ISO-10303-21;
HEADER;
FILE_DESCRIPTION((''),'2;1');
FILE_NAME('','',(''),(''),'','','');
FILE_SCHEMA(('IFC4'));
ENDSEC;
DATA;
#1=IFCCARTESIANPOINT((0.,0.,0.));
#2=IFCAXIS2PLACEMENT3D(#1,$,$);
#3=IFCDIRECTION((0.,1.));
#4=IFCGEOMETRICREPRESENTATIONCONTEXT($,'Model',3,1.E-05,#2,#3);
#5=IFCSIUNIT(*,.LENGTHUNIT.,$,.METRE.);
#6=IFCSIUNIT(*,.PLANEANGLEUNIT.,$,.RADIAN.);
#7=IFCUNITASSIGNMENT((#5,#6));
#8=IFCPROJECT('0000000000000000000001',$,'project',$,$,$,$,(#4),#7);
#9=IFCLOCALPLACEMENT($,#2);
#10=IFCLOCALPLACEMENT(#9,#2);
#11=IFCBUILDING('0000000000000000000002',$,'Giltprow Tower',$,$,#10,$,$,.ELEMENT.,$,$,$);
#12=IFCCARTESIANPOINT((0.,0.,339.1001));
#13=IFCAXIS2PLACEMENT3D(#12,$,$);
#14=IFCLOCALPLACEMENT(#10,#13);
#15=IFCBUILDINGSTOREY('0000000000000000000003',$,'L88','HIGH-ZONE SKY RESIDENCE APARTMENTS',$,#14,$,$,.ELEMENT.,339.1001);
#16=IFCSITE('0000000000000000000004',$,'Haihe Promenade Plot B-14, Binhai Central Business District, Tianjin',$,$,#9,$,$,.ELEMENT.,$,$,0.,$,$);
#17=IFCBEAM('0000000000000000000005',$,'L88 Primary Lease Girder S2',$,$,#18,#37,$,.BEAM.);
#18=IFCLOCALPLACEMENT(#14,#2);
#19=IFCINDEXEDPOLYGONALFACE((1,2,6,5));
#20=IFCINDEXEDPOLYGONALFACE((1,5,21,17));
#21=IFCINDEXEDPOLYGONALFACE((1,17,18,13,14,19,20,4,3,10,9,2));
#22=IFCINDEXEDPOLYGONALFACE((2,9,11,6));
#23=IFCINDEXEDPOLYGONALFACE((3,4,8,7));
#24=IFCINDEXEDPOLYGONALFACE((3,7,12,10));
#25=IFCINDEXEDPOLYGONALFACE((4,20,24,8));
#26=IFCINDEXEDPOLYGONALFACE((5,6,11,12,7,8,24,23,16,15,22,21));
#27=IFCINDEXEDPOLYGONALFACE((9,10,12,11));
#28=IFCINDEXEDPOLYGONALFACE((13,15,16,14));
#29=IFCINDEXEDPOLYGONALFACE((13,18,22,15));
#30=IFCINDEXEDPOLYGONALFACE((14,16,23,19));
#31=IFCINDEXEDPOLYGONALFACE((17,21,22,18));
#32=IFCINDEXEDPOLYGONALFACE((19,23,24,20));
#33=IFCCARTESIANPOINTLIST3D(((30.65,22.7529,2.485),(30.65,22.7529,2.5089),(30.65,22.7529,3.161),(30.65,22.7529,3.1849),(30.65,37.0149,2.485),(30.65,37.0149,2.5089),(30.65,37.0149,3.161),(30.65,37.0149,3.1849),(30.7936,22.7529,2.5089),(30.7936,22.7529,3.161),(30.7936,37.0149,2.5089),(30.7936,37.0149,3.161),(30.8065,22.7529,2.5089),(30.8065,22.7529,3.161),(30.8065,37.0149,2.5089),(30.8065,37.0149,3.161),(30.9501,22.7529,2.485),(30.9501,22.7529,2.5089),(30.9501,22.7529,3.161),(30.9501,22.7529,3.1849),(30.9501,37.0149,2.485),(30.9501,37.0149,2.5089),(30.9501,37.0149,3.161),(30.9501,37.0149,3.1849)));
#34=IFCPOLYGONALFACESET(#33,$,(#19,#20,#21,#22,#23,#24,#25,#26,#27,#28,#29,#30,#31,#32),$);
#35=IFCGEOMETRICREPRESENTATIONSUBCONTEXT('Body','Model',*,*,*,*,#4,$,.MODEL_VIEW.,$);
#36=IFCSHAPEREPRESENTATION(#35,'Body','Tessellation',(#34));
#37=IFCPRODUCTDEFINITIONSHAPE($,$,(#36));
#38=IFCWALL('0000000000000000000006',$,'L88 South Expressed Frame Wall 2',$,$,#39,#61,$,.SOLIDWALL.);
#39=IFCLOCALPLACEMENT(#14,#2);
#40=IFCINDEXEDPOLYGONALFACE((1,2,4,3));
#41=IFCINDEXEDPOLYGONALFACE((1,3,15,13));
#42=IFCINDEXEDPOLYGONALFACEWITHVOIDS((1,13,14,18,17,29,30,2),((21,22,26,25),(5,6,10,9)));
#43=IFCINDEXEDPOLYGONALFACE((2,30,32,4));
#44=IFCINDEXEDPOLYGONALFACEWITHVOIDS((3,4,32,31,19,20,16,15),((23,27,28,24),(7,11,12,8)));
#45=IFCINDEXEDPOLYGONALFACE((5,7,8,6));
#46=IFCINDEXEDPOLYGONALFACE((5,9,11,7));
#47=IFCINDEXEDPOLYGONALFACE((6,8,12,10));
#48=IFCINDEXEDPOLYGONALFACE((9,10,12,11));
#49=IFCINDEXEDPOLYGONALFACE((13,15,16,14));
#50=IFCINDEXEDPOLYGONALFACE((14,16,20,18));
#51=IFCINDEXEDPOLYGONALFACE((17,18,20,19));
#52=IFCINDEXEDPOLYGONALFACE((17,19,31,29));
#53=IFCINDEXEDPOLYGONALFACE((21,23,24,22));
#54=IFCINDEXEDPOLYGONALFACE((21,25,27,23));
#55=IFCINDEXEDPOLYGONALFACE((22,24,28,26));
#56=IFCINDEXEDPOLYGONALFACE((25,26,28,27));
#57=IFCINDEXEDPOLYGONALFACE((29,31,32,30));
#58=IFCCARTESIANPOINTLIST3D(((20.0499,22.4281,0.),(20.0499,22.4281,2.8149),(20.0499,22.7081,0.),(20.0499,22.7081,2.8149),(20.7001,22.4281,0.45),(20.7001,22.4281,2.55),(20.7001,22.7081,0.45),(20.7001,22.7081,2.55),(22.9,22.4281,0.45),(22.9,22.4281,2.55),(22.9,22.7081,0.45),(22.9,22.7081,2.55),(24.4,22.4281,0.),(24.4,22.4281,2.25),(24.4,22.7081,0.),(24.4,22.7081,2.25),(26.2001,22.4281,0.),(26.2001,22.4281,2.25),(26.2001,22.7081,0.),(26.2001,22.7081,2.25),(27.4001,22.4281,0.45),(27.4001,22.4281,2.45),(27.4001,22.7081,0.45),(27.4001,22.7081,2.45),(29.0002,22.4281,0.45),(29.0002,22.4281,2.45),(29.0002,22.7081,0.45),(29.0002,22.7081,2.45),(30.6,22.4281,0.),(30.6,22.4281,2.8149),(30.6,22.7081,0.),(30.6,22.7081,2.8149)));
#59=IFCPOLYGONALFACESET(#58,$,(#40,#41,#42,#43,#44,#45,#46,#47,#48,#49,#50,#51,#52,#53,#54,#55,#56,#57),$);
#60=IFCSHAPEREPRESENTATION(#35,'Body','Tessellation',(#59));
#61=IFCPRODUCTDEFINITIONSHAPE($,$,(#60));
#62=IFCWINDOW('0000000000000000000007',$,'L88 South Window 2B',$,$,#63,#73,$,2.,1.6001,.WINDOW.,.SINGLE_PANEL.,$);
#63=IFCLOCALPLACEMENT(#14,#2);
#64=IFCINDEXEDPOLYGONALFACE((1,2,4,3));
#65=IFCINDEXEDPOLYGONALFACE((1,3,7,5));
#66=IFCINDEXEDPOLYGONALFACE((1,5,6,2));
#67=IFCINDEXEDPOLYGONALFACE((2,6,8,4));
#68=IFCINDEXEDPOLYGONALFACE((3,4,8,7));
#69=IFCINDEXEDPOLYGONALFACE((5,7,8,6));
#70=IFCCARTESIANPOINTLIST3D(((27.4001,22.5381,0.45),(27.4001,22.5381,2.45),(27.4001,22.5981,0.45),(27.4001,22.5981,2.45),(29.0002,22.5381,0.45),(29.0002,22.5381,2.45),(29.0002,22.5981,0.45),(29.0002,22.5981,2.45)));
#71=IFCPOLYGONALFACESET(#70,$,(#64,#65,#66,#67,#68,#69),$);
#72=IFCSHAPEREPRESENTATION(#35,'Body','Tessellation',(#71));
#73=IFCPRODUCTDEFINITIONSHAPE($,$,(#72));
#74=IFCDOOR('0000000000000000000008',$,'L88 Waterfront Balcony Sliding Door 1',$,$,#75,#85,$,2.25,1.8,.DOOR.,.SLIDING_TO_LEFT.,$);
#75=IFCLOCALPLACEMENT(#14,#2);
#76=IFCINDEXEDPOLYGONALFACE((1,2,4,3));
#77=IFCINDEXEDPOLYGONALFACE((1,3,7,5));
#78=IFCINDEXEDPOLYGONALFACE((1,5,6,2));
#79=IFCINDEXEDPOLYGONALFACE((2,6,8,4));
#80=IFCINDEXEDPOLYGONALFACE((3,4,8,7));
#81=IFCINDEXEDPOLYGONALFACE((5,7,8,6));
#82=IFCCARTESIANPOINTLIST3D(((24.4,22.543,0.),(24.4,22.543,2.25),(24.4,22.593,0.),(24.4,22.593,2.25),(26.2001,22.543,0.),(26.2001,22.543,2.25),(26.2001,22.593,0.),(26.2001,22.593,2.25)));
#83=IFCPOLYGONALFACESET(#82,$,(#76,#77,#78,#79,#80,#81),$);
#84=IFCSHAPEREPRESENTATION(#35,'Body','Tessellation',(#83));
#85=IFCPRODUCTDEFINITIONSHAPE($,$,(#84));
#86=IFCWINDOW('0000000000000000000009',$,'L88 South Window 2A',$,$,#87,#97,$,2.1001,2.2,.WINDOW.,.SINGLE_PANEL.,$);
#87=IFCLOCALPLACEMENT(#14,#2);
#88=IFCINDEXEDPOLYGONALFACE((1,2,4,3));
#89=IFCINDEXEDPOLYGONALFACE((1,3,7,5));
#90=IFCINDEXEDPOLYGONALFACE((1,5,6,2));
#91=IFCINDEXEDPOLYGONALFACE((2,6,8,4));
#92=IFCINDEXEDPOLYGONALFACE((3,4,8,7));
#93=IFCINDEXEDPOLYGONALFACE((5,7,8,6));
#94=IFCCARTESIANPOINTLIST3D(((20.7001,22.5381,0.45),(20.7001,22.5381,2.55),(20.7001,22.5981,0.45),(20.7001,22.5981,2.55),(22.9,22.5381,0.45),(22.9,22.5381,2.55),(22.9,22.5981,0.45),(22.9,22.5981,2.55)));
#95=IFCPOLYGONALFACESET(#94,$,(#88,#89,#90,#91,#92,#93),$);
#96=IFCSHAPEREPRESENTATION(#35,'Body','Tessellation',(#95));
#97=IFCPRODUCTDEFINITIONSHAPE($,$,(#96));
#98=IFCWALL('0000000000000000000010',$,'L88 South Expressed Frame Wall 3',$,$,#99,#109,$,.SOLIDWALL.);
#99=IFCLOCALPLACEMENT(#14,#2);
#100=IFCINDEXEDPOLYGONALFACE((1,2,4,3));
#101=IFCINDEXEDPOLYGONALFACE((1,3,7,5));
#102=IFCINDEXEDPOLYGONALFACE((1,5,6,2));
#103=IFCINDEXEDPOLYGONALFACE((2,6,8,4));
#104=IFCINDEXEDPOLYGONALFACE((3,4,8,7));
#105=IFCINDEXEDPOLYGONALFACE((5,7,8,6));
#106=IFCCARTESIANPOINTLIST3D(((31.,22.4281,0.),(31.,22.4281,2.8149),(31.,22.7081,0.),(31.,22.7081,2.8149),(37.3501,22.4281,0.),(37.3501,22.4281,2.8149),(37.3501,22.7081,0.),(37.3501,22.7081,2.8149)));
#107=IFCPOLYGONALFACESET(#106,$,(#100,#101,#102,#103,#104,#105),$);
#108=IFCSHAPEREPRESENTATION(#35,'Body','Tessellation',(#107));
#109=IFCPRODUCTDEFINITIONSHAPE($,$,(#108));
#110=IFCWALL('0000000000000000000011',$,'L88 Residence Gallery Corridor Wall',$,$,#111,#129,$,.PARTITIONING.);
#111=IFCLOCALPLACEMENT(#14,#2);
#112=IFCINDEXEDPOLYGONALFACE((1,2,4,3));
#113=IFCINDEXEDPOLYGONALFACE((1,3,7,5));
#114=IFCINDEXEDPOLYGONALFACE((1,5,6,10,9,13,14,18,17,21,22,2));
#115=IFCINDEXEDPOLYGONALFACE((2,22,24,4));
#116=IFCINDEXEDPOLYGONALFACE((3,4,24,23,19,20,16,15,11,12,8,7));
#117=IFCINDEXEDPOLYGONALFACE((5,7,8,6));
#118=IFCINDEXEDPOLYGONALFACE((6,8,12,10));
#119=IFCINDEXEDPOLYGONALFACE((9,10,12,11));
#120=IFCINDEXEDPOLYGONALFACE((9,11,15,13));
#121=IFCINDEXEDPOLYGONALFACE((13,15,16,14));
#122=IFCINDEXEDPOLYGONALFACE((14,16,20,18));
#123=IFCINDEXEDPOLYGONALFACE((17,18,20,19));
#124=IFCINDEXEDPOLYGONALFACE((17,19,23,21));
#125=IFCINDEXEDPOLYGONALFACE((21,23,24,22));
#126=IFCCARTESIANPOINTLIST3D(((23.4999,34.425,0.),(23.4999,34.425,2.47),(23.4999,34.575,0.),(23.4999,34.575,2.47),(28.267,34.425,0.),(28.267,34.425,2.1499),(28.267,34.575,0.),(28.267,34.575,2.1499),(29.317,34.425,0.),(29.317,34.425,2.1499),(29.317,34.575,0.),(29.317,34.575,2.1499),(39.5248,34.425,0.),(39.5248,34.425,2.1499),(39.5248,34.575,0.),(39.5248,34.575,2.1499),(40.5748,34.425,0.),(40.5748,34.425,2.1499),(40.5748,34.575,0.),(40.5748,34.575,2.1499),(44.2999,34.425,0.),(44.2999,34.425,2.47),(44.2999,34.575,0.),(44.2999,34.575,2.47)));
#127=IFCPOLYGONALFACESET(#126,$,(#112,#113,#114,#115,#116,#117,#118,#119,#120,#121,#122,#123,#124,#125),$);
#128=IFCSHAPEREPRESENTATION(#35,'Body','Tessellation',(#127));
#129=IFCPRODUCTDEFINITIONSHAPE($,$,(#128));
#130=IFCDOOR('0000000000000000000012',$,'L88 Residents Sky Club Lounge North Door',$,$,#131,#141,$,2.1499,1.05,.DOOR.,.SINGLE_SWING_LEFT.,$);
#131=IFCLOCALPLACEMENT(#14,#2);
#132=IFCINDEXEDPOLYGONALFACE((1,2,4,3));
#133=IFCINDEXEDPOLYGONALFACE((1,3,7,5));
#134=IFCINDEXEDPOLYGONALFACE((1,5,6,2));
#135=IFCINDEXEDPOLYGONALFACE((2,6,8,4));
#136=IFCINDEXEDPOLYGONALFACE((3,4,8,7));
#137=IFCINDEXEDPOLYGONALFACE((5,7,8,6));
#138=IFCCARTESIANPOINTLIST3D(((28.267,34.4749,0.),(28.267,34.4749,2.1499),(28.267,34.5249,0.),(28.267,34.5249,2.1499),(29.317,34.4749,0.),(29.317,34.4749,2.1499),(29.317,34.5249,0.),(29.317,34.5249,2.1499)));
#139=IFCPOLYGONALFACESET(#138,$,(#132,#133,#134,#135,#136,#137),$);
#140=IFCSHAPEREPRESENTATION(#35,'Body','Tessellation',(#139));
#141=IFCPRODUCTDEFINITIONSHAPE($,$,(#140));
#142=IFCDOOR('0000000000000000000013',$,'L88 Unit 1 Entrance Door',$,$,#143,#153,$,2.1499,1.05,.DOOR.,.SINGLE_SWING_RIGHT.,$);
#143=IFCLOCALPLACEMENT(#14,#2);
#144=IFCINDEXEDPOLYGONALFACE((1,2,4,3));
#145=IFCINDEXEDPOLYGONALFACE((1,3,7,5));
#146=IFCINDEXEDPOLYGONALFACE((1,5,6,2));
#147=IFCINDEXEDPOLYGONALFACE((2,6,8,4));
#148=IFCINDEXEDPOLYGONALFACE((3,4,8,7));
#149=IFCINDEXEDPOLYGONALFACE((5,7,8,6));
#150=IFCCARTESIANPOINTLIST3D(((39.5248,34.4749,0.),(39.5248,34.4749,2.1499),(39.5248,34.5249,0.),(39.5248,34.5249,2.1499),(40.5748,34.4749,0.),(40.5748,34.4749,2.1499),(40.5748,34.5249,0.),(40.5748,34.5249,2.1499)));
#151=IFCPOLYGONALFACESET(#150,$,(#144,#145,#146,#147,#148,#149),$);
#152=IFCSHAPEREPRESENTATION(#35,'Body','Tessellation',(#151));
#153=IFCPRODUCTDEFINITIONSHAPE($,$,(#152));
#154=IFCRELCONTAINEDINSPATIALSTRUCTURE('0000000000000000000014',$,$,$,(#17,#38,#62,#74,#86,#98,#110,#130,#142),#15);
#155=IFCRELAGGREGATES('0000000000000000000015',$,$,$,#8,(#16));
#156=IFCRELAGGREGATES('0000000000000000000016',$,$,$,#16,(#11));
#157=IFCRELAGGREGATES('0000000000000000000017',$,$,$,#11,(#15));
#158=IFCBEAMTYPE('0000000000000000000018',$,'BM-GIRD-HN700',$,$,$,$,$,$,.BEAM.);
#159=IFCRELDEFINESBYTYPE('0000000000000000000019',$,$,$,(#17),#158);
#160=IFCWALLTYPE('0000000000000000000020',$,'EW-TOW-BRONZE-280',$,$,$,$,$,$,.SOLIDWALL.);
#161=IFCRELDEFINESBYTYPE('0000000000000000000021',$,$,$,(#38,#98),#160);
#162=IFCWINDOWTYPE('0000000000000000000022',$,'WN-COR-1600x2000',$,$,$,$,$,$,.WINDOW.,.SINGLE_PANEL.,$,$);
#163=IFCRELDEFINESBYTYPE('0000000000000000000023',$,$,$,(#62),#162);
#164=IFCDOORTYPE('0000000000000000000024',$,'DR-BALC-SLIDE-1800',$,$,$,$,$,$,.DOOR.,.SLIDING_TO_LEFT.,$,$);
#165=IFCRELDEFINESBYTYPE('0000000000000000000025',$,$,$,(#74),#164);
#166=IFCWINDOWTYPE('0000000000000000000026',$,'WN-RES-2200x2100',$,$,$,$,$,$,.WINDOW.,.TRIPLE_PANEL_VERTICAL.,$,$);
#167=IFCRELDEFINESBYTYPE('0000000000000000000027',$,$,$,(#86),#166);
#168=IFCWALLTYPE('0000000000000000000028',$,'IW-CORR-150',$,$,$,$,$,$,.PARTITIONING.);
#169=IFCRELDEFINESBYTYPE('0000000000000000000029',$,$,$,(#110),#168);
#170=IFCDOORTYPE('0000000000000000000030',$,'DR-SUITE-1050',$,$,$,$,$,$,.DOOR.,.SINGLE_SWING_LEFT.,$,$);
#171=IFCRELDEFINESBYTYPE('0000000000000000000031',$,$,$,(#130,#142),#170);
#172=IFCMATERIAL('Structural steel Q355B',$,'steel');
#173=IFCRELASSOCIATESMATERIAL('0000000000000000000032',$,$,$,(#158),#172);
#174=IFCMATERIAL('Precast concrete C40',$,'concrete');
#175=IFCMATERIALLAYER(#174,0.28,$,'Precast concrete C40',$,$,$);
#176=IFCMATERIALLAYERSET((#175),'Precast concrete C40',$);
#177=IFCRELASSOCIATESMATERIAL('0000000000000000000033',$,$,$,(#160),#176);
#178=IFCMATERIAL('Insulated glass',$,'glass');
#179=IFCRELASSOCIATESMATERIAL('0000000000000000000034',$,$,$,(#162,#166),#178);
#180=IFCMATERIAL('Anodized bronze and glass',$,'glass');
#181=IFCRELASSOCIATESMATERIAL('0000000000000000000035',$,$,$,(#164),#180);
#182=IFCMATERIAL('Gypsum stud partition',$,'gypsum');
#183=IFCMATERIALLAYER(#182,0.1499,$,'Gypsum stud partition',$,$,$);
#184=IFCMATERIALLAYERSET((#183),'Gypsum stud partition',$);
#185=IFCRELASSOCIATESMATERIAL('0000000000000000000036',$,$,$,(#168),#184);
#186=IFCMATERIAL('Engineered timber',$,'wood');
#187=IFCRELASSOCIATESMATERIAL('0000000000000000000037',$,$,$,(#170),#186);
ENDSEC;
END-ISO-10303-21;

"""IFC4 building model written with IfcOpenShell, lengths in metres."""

from ifc_helpers import new_model, si_unit, direction, frame, frame_2d, origin, origin_2d, place, context, subcontext, project, spatial, rectangle, i_section, extrude, source, transform, mapped, material, layer, layer_set, material_profile, profile_set, type_object, element, fill, save


model = new_model("IFC4")

# Units and contexts
model_context = context("Model", 3, precision=1e-05, world=origin(), true_north=direction((0.0, 1.0)))
body_context = subcontext(model_context, "Body", "Model", "MODEL_VIEW")
ifc_project = project(units=[si_unit("LENGTHUNIT", "METRE"), si_unit("PLANEANGLEUNIT", "RADIAN")], contexts=[model_context])

# Site, building, storey
site_placement = place(None, origin())
site = spatial("IfcSite", under=ifc_project, at=site_placement, Name="Haihe Promenade Plot B-14, Binhai Central Business District, Tianjin", CompositionType="ELEMENT", RefElevation=0.0)
building_placement = place(site_placement, origin())
building = spatial("IfcBuilding", under=site, at=building_placement, Name="Giltprow Tower", CompositionType="ELEMENT")
storey_placement = place(building_placement, frame((0.0, 0.0, 339.1001)))
storey = spatial("IfcBuildingStorey", under=building, at=storey_placement, Name="L88", Description="HIGH-ZONE SKY RESIDENCE APARTMENTS", CompositionType="ELEMENT", Elevation=339.1001)

# Shared definitions
ifc_material_1 = material(Name="Structural steel Q355B", Category="steel")

# Beam
ifc_material_profile_1 = material_profile(ifc_material_1, i_section(OverallWidth=0.3, OverallDepth=0.7, WebThickness=0.0129, FlangeThickness=0.0239, at=origin_2d()), Name="HN 700x300x13x24")
ifc_profile_set_1 = profile_set([ifc_material_profile_1], Name="Structural steel Q355B")
beam_type_1 = type_object("IfcBeamType", Name="BM-GIRD-HN700", PredefinedType="BEAM", material=ifc_profile_set_1)
shared_shape_1 = source(origin(), body_context, "Body", "SweptSolid", [
    extrude(i_section(OverallWidth=0.3, OverallDepth=0.7, WebThickness=0.0129, FlangeThickness=0.0239, at=origin_2d()), origin(), (0.0, 0.0, 1.0), 14.262),
])
for number, where, z_axis, x_axis, name in (
    (1, (30.8, 22.7529, 2.835), (0.0, 1.0, 0.0), (-1.0, 0.0, 0.0), "L88 Primary Lease Girder S2"),
):
    element("IfcBeam", number, at=place(storey_placement, frame(where, z_axis=z_axis, x_axis=x_axis)), inside=storey, type_object=beam_type_1, Name=name, PredefinedType="BEAM", context=body_context, shape_type="MappedRepresentation", body=[
        mapped(shared_shape_1, transform((0.0, 0.0, 0.0), x_axis=(1.0, 0.0, 0.0), y_axis=(0.0, 1.0, 0.0), z_axis=(0.0, 0.0, 1.0), scale=1.0)),
    ])

# Wall, openings, windows, door
ifc_material_2 = material(Name="Precast concrete C40", Category="concrete")
ifc_layer_1 = layer(ifc_material_2, 0.28, Name="Precast concrete C40")
ifc_layer_set_1 = layer_set([ifc_layer_1], Name="Precast concrete C40")
wall_type_1 = type_object("IfcWallType", Name="EW-TOW-BRONZE-280", PredefinedType="SOLIDWALL", material=ifc_layer_set_1)
wall_1_placement = place(storey_placement, frame((20.05, 22.5681, 0.0), z_axis=(0.0, 0.0, 1.0), x_axis=(1.0, 0.0, 0.0)))
wall_1 = element("IfcWall", 2, at=wall_1_placement, inside=storey, type_object=wall_type_1, Name="L88 South Expressed Frame Wall 2", PredefinedType="SOLIDWALL", context=body_context, shape_type="SweptSolid", body=[
    extrude(rectangle(XDim=10.55, YDim=0.28, at=frame_2d((5.2749, 0.0))), origin(), (0.0, 0.0, 1.0), 2.8149),
])
opening_1_placement = place(wall_1_placement, frame((4.3501, 0.0, 0.0)))
opening_1 = element("IfcOpeningElement", 3, at=opening_1_placement, cuts=wall_1, PredefinedType="OPENING", context=body_context, shape_type="SweptSolid", body=[
    extrude(rectangle(XDim=1.8, YDim=2.25, at=frame_2d((0.8999, 1.125))), frame((0.0, 0.1499, 0.0), z_axis=(0.0, -1.0, 0.0), x_axis=(1.0, 0.0, 0.0)), (0.0, 0.0, 1.0), 0.3),
])
opening_2_placement = place(wall_1_placement, frame((0.6499, 0.0, 0.45)))
opening_2 = element("IfcOpeningElement", 4, at=opening_2_placement, cuts=wall_1, PredefinedType="OPENING", context=body_context, shape_type="SweptSolid", body=[
    extrude(rectangle(XDim=2.2, YDim=2.1001, at=frame_2d((1.1001, 1.05))), frame((0.0, 0.1499, 0.0), z_axis=(0.0, -1.0, 0.0), x_axis=(1.0, 0.0, 0.0)), (0.0, 0.0, 1.0), 0.3),
])
opening_3_placement = place(wall_1_placement, frame((7.3501, 0.0, 0.45)))
opening_3 = element("IfcOpeningElement", 5, at=opening_3_placement, cuts=wall_1, PredefinedType="OPENING", context=body_context, shape_type="SweptSolid", body=[
    extrude(rectangle(XDim=1.6001, YDim=2.0, at=frame_2d((0.8, 1.0))), frame((0.0, 0.1499, 0.0), z_axis=(0.0, -1.0, 0.0), x_axis=(1.0, 0.0, 0.0)), (0.0, 0.0, 1.0), 0.3),
])
ifc_material_3 = material(Name="Insulated glass", Category="glass")
window_type_1 = type_object("IfcWindowType", Name="WN-COR-1600x2000", PartitioningType="SINGLE_PANEL", PredefinedType="WINDOW", material=ifc_material_3)
shared_shape_2 = source(origin(), body_context, "Body", "SweptSolid", [
    extrude(rectangle(XDim=1.6001, YDim=2.0, at=frame_2d((0.8, 1.0))), frame((0.0, 0.03, 0.0), z_axis=(0.0, -1.0, 0.0), x_axis=(1.0, 0.0, 0.0)), (0.0, 0.0, 1.0), 0.0601),
])
window_1_placement = place(opening_3_placement, origin())
window_1 = element("IfcWindow", 6, at=window_1_placement, inside=storey, type_object=window_type_1, Name="L88 South Window 2B", OverallHeight=2.0, OverallWidth=1.6001, PartitioningType="SINGLE_PANEL", PredefinedType="WINDOW", context=body_context, shape_type="MappedRepresentation", body=[
    mapped(shared_shape_2, transform((0.0, 0.0, 0.0), x_axis=(1.0, 0.0, 0.0), y_axis=(0.0, 1.0, 0.0), z_axis=(0.0, 0.0, 1.0), scale=1.0)),
])
fill(opening_3, window_1)
ifc_material_4 = material(Name="Anodized bronze and glass", Category="glass")
door_type_1 = type_object("IfcDoorType", Name="DR-BALC-SLIDE-1800", OperationType="SLIDING_TO_LEFT", PredefinedType="DOOR", material=ifc_material_4)
shared_shape_3 = source(origin(), body_context, "Body", "SweptSolid", [
    extrude(rectangle(XDim=1.8, YDim=2.25, at=frame_2d((0.8999, 1.125))), frame((0.0, 0.0249, 0.0), z_axis=(0.0, -1.0, 0.0), x_axis=(1.0, 0.0, 0.0)), (0.0, 0.0, 1.0), 0.05),
])
door_1_placement = place(opening_1_placement, origin())
door_1 = element("IfcDoor", 7, at=door_1_placement, inside=storey, type_object=door_type_1, Name="L88 Waterfront Balcony Sliding Door 1", OperationType="SLIDING_TO_LEFT", OverallHeight=2.25, OverallWidth=1.8, PredefinedType="DOOR", context=body_context, shape_type="MappedRepresentation", body=[
    mapped(shared_shape_3, transform((0.0, 0.0, 0.0), x_axis=(1.0, 0.0, 0.0), y_axis=(0.0, 1.0, 0.0), z_axis=(0.0, 0.0, 1.0), scale=1.0)),
])
fill(opening_1, door_1)
window_type_2 = type_object("IfcWindowType", Name="WN-RES-2200x2100", PartitioningType="TRIPLE_PANEL_VERTICAL", PredefinedType="WINDOW", material=ifc_material_3)
shared_shape_4 = source(origin(), body_context, "Body", "SweptSolid", [
    extrude(rectangle(XDim=2.2, YDim=2.1001, at=frame_2d((1.1001, 1.05))), frame((0.0, 0.03, 0.0), z_axis=(0.0, -1.0, 0.0), x_axis=(1.0, 0.0, 0.0)), (0.0, 0.0, 1.0), 0.0601),
])
window_2_placement = place(opening_2_placement, origin())
window_2 = element("IfcWindow", 8, at=window_2_placement, inside=storey, type_object=window_type_2, Name="L88 South Window 2A", OverallHeight=2.1001, OverallWidth=2.2, PartitioningType="SINGLE_PANEL", PredefinedType="WINDOW", context=body_context, shape_type="MappedRepresentation", body=[
    mapped(shared_shape_4, transform((0.0, 0.0, 0.0), x_axis=(1.0, 0.0, 0.0), y_axis=(0.0, 1.0, 0.0), z_axis=(0.0, 0.0, 1.0), scale=1.0)),
])
fill(opening_2, window_2)

# Wall
wall_2_placement = place(storey_placement, frame((31.0, 22.5681, 0.0), z_axis=(0.0, 0.0, 1.0), x_axis=(1.0, 0.0, 0.0)))
element("IfcWall", 9, at=wall_2_placement, inside=storey, type_object=wall_type_1, Name="L88 South Expressed Frame Wall 3", PredefinedType="SOLIDWALL", context=body_context, shape_type="SweptSolid", body=[
    extrude(rectangle(XDim=6.3501, YDim=0.28, at=frame_2d((3.175, 0.0))), origin(), (0.0, 0.0, 1.0), 2.8149),
])

# Wall, openings, doors
ifc_material_5 = material(Name="Gypsum stud partition", Category="gypsum")
ifc_layer_2 = layer(ifc_material_5, 0.1499, Name="Gypsum stud partition")
ifc_layer_set_2 = layer_set([ifc_layer_2], Name="Gypsum stud partition")
wall_type_2 = type_object("IfcWallType", Name="IW-CORR-150", PredefinedType="PARTITIONING", material=ifc_layer_set_2)
wall_3_placement = place(storey_placement, frame((23.5, 34.5, 0.0), z_axis=(0.0, 0.0, 1.0), x_axis=(1.0, 0.0, 0.0)))
wall_3 = element("IfcWall", 10, at=wall_3_placement, inside=storey, type_object=wall_type_2, Name="L88 Residence Gallery Corridor Wall", PredefinedType="PARTITIONING", context=body_context, shape_type="SweptSolid", body=[
    extrude(rectangle(XDim=20.8, YDim=0.1499, at=frame_2d((10.3999, 0.0))), origin(), (0.0, 0.0, 1.0), 2.47),
])
opening_4_placement = place(wall_3_placement, frame((4.7671, 0.0, 0.0)))
opening_4 = element("IfcOpeningElement", 11, at=opening_4_placement, cuts=wall_3, PredefinedType="OPENING", context=body_context, shape_type="SweptSolid", body=[
    extrude(rectangle(XDim=1.05, YDim=2.1499, at=frame_2d((0.5249, 1.075))), frame((0.0, 0.085, 0.0), z_axis=(0.0, -1.0, 0.0), x_axis=(1.0, 0.0, 0.0)), (0.0, 0.0, 1.0), 0.1699),
])
opening_5_placement = place(wall_3_placement, frame((16.0249, 0.0, 0.0)))
opening_5 = element("IfcOpeningElement", 12, at=opening_5_placement, cuts=wall_3, PredefinedType="OPENING", context=body_context, shape_type="SweptSolid", body=[
    extrude(rectangle(XDim=1.05, YDim=2.1499, at=frame_2d((0.5249, 1.075))), frame((0.0, 0.085, 0.0), z_axis=(0.0, -1.0, 0.0), x_axis=(1.0, 0.0, 0.0)), (0.0, 0.0, 1.0), 0.1699),
])
ifc_material_6 = material(Name="Engineered timber", Category="wood")
door_type_2 = type_object("IfcDoorType", Name="DR-SUITE-1050", OperationType="SINGLE_SWING_LEFT", PredefinedType="DOOR", material=ifc_material_6)
shared_shape_5 = source(origin(), body_context, "Body", "SweptSolid", [
    extrude(rectangle(XDim=1.05, YDim=2.1499, at=frame_2d((0.5249, 1.075))), frame((0.0, 0.0249, 0.0), z_axis=(0.0, -1.0, 0.0), x_axis=(1.0, 0.0, 0.0)), (0.0, 0.0, 1.0), 0.05),
])
door_2_placement = place(opening_4_placement, origin())
door_2 = element("IfcDoor", 13, at=door_2_placement, inside=storey, type_object=door_type_2, Name="L88 Residents Sky Club Lounge North Door", OperationType="SINGLE_SWING_LEFT", OverallHeight=2.1499, OverallWidth=1.05, PredefinedType="DOOR", context=body_context, shape_type="MappedRepresentation", body=[
    mapped(shared_shape_5, transform((0.0, 0.0, 0.0), x_axis=(1.0, 0.0, 0.0), y_axis=(0.0, 1.0, 0.0), z_axis=(0.0, 0.0, 1.0), scale=1.0)),
])
fill(opening_4, door_2)
door_3_placement = place(opening_5_placement, origin())
door_3 = element("IfcDoor", 14, at=door_3_placement, inside=storey, type_object=door_type_2, Name="L88 Unit 1 Entrance Door", OperationType="SINGLE_SWING_RIGHT", OverallHeight=2.1499, OverallWidth=1.05, PredefinedType="DOOR", context=body_context, shape_type="MappedRepresentation", body=[
    mapped(shared_shape_5, transform((0.0, 0.0, 0.0), x_axis=(1.0, 0.0, 0.0), y_axis=(0.0, 1.0, 0.0), z_axis=(0.0, 0.0, 1.0), scale=1.0)),
])
fill(opening_5, door_3)

save(model, "model.ifc")
